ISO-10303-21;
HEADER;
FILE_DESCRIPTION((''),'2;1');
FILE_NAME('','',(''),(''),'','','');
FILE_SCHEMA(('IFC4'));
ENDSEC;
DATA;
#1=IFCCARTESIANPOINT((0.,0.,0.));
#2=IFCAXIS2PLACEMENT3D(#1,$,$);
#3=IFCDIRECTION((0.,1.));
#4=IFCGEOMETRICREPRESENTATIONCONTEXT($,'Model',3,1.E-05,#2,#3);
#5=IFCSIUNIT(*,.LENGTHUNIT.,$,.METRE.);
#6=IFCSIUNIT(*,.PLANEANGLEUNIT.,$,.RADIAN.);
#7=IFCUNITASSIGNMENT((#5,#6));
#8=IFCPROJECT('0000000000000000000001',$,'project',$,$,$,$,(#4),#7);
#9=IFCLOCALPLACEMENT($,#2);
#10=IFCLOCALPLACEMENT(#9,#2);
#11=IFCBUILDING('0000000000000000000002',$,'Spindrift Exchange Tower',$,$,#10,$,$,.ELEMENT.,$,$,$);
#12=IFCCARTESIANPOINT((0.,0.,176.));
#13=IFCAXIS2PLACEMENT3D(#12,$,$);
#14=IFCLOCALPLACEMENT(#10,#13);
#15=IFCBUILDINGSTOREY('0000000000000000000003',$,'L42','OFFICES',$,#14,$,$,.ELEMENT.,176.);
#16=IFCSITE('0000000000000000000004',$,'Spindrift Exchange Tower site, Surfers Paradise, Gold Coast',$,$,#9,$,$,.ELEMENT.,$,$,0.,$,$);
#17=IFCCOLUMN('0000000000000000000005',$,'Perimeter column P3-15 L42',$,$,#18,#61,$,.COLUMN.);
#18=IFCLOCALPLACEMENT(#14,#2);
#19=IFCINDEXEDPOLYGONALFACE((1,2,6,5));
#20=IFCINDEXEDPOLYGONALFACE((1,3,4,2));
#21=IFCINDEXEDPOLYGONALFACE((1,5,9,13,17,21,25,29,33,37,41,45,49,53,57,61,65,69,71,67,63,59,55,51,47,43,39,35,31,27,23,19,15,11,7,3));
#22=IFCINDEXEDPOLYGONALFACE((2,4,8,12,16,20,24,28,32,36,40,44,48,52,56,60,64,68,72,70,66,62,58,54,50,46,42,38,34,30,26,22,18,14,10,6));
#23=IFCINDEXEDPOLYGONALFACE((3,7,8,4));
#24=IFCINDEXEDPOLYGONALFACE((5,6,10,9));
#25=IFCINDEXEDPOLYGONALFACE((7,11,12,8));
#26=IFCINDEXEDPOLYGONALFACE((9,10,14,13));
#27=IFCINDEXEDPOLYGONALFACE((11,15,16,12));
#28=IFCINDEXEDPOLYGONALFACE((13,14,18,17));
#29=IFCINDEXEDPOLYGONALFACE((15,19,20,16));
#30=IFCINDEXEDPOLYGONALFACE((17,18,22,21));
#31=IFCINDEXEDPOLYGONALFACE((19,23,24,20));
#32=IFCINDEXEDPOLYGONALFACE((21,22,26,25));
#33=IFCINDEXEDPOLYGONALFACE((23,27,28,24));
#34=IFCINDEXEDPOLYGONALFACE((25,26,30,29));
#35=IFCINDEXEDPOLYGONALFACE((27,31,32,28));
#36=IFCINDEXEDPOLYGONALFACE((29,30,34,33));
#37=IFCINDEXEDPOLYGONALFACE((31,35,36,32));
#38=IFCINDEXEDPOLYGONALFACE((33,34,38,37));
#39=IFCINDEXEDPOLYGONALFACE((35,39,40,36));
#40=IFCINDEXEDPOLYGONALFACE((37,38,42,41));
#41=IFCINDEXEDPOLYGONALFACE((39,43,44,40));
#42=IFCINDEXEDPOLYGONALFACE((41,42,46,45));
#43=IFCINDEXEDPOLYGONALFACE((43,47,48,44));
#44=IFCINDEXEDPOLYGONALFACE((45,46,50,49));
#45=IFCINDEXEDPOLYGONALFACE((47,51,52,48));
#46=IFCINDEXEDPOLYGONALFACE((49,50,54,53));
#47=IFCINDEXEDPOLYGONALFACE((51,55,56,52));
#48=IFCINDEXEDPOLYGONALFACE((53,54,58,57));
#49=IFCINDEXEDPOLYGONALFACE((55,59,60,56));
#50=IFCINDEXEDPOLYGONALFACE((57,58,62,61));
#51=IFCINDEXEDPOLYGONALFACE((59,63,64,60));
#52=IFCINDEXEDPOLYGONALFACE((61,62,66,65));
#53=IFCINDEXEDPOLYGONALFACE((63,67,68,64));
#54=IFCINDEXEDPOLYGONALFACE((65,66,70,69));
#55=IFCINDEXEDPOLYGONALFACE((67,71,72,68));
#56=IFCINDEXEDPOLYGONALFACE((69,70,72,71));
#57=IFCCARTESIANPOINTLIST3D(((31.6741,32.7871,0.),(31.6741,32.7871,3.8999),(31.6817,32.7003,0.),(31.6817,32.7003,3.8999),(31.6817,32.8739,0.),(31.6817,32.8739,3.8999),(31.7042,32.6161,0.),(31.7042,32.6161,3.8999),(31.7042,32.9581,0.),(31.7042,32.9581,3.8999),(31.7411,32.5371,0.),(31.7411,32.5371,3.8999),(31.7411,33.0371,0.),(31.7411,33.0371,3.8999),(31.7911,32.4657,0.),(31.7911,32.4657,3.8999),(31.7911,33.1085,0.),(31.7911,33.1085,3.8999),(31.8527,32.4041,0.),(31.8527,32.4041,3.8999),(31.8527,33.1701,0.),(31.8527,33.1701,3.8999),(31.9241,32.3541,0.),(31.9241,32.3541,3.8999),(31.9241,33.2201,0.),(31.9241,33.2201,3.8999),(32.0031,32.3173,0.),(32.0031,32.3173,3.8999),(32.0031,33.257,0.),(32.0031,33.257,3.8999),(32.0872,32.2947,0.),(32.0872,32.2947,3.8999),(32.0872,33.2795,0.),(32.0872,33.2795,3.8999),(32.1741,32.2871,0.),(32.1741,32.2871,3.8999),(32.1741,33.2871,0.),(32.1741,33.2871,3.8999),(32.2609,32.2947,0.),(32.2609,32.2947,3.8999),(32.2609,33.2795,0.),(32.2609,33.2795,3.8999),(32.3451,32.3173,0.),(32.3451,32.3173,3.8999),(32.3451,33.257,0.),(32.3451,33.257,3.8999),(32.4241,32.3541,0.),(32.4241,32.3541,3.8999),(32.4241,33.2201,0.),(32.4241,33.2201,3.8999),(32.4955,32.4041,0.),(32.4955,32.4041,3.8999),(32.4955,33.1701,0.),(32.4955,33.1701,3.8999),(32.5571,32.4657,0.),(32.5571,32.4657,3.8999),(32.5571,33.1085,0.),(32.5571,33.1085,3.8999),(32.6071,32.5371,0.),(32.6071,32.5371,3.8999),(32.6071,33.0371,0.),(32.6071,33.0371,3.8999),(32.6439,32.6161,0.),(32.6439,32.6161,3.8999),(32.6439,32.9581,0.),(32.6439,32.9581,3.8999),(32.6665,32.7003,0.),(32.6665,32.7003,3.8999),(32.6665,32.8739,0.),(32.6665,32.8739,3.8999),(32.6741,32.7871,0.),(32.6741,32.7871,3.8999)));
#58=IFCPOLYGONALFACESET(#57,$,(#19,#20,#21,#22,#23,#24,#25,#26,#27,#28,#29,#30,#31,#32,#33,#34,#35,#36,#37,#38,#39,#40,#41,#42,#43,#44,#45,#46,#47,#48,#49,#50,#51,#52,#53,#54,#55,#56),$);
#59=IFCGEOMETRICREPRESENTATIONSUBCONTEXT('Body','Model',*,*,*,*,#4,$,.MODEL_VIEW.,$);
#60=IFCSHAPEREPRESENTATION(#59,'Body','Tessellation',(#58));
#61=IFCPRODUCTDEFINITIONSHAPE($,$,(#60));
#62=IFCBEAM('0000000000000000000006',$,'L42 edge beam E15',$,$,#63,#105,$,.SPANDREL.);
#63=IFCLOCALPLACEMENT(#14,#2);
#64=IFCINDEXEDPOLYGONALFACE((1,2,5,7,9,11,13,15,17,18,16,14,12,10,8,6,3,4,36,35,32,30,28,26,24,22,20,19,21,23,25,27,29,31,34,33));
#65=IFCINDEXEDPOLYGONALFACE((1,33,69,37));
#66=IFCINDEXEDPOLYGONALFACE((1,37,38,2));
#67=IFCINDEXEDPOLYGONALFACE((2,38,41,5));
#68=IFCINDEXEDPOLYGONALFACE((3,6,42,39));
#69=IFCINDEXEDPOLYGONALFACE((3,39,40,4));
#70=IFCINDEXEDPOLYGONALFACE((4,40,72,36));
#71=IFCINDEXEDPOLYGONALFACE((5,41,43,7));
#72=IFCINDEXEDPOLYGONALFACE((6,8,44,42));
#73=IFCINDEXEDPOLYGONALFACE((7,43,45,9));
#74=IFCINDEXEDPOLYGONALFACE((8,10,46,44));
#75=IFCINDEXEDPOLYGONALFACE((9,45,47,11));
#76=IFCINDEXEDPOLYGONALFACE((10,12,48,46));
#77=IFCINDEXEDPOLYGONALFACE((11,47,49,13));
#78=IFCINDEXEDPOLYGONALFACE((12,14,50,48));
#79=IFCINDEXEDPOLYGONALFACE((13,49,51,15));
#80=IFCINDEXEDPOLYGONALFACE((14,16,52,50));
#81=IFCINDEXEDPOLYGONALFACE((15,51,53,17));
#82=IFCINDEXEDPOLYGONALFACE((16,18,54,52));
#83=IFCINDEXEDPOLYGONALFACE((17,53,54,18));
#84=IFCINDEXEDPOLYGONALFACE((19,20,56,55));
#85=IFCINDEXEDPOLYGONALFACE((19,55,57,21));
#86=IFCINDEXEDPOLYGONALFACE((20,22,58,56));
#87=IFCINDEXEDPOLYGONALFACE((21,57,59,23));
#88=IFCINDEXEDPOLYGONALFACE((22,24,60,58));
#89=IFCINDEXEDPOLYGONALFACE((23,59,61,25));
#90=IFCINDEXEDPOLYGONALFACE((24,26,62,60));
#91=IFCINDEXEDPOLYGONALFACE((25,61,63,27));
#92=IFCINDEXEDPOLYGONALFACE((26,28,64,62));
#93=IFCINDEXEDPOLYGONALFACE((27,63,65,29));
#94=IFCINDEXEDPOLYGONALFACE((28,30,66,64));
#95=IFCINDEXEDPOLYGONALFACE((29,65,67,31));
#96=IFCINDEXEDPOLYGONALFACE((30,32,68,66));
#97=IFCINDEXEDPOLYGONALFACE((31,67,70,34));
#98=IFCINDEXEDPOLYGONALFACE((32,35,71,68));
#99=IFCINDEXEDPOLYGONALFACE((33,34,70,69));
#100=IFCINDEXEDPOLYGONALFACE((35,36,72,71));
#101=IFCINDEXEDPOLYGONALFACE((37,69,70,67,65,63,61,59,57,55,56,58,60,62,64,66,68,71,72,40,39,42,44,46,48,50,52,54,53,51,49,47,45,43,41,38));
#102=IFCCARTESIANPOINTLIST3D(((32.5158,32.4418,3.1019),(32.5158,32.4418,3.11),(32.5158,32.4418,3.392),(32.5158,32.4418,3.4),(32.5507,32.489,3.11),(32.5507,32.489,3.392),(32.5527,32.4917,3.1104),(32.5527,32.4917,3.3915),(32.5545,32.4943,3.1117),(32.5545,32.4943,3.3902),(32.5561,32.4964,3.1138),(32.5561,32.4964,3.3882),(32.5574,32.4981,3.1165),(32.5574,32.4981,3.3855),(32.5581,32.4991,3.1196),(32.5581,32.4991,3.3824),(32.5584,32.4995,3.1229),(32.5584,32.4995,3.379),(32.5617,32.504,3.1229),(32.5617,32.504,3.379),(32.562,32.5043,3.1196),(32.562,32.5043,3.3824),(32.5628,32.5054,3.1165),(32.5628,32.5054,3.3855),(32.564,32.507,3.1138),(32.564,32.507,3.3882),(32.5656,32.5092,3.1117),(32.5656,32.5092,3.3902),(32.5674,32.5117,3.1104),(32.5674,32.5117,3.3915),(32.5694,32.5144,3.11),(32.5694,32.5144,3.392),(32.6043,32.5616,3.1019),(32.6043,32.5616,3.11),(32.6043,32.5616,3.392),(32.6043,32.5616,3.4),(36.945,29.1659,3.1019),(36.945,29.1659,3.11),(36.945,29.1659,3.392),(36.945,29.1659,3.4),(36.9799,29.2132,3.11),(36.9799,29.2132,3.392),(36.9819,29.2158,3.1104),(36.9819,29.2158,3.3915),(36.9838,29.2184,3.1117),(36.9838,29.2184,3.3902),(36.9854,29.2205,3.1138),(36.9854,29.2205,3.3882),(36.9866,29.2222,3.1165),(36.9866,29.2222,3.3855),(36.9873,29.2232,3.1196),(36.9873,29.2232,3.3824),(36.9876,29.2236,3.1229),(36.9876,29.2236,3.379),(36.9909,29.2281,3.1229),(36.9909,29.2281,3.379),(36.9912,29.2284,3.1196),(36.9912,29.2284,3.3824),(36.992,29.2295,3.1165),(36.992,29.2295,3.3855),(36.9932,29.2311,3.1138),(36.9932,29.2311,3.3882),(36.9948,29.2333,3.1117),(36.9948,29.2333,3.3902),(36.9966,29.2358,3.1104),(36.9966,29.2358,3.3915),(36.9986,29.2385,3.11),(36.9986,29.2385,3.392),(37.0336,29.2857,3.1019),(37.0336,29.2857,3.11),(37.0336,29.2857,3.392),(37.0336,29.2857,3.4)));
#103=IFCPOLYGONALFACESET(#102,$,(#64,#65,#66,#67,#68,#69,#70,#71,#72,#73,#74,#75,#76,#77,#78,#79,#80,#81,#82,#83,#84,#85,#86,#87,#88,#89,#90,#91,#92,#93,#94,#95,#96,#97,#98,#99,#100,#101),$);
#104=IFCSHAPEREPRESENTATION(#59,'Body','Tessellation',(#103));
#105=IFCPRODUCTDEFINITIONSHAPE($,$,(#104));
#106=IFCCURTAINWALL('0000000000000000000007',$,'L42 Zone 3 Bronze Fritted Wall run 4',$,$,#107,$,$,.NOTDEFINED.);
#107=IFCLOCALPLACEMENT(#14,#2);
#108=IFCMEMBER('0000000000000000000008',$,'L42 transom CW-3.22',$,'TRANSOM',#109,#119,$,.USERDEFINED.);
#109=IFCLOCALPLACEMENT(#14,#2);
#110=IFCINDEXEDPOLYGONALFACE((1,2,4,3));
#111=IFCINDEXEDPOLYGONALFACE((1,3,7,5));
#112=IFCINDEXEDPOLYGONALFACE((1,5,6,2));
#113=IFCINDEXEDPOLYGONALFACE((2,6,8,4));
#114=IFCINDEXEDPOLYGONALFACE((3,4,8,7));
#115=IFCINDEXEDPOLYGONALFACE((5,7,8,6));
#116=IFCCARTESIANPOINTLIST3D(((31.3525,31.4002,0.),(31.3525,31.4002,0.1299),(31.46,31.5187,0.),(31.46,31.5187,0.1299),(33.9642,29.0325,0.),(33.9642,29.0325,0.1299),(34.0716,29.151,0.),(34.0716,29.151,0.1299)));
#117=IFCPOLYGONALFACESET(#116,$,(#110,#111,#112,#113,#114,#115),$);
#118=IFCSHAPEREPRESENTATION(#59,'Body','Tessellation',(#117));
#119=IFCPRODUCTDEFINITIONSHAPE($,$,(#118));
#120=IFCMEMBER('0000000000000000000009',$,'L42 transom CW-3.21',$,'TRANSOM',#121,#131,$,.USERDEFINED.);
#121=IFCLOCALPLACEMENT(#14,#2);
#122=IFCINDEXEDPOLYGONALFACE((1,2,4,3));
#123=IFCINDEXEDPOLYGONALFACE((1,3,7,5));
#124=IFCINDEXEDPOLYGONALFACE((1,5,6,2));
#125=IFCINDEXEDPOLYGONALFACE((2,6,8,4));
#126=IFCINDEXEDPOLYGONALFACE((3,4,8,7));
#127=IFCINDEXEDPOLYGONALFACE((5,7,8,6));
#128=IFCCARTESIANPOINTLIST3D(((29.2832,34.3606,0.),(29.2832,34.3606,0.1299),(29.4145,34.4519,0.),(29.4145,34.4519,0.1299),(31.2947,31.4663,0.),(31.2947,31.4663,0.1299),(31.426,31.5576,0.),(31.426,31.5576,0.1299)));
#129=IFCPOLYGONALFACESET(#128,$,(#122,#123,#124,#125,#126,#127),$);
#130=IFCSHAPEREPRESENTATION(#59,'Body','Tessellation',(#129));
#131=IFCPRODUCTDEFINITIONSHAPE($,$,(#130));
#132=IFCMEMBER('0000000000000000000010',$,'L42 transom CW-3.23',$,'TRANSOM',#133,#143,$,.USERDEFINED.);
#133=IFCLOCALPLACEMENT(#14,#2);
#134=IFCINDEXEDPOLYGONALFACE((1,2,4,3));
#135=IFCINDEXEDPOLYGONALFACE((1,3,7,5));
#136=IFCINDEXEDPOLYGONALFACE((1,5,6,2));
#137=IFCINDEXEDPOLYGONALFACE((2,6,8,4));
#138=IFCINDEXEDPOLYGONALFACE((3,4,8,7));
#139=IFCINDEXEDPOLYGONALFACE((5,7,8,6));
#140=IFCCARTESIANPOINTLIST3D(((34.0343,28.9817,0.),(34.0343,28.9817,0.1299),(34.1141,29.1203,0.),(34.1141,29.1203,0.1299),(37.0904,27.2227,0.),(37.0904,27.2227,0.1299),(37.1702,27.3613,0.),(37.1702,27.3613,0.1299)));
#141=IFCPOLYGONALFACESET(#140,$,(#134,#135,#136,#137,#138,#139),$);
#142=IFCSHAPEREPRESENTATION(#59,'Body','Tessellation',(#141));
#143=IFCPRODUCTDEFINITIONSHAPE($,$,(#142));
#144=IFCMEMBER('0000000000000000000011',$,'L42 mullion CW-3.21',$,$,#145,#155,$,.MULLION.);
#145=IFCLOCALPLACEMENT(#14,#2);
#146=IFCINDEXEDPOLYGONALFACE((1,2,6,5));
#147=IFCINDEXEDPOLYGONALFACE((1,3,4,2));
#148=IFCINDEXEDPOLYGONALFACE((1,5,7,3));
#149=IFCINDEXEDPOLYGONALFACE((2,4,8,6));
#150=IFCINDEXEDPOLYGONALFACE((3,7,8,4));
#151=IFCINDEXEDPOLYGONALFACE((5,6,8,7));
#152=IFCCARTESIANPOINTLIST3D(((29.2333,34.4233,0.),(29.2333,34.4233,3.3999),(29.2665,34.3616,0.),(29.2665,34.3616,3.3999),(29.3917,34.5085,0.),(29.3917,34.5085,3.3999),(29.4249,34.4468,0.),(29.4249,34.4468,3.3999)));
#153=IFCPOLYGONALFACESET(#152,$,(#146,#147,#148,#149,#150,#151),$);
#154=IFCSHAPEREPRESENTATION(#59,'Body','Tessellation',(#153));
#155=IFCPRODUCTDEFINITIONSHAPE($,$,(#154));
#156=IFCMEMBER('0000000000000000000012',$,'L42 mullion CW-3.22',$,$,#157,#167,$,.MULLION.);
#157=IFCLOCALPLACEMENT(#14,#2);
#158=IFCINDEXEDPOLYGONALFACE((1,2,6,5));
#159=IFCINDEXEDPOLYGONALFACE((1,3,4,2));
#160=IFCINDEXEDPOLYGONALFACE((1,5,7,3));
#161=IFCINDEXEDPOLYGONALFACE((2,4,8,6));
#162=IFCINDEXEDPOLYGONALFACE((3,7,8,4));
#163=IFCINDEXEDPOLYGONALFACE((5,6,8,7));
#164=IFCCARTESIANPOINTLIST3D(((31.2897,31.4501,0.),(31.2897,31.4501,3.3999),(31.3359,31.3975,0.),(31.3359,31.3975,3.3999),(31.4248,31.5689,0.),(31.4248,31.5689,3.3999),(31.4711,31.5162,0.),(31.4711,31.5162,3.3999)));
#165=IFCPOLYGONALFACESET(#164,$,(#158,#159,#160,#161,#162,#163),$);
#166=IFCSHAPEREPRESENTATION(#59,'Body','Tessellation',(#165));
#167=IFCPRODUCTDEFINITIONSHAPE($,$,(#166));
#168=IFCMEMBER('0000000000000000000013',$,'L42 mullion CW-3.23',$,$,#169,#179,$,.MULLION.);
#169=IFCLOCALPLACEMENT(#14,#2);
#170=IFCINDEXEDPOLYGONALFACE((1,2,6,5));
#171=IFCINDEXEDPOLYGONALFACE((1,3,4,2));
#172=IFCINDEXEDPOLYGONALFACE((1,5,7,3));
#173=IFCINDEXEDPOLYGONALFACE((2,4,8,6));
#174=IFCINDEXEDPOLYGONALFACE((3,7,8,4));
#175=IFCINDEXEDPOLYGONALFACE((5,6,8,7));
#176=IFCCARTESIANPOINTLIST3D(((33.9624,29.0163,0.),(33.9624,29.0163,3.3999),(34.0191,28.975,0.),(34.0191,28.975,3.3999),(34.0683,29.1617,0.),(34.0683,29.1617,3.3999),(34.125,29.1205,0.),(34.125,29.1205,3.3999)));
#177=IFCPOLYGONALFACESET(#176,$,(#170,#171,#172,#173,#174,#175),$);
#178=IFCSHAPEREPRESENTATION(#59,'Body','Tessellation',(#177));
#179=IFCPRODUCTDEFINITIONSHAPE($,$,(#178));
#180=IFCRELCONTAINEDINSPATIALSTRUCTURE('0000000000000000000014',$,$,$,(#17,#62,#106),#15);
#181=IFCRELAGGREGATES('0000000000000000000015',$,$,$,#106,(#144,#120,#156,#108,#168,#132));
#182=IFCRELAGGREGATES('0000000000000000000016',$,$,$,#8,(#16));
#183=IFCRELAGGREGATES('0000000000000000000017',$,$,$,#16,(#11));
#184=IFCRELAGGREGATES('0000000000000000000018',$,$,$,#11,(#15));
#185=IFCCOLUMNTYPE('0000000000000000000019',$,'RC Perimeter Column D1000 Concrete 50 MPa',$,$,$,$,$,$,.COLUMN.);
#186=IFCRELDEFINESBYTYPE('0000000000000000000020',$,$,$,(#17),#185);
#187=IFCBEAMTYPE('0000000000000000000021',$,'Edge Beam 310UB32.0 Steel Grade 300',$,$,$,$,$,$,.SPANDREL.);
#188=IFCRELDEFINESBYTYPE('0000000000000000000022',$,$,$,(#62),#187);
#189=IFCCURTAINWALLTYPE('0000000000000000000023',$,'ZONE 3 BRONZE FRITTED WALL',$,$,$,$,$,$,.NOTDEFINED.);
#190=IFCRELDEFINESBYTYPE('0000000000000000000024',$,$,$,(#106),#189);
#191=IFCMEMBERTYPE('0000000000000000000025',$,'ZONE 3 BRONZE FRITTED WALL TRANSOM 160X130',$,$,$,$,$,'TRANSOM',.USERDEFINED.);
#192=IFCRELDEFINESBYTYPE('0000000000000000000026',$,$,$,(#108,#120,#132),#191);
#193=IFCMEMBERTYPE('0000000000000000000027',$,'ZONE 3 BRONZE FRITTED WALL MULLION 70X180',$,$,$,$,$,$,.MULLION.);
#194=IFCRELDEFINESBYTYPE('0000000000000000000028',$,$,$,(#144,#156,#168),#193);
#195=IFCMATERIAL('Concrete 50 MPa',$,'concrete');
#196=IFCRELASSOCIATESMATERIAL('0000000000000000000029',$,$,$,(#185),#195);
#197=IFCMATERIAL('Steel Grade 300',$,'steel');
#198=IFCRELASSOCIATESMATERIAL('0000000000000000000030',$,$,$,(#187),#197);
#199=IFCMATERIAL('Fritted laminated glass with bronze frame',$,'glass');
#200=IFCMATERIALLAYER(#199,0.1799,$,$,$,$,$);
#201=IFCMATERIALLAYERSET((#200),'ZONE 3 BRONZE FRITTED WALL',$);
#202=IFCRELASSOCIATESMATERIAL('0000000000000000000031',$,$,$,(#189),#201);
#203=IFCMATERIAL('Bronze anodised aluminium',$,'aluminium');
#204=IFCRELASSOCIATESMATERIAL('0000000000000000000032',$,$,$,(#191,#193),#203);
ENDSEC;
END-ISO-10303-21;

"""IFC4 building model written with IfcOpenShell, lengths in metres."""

from ifc_helpers import new_model, si_unit, direction, frame, origin, origin_2d, place, context, subcontext, project, spatial, rectangle, circle, i_section, extrude, source, transform, mapped, material, layer, layer_set, material_profile, profile_set, type_object, element, aggregate, save


model = new_model("IFC4")

# Units and contexts
model_context = context("Model", 3, precision=1e-05, world=origin(), true_north=direction((0.0, 1.0)))
body_context = subcontext(model_context, "Body", "Model", "MODEL_VIEW")
ifc_project = project(units=[si_unit("LENGTHUNIT", "METRE"), si_unit("PLANEANGLEUNIT", "RADIAN")], contexts=[model_context])

# Site, building, storey
site_placement = place(None, origin())
site = spatial("IfcSite", under=ifc_project, at=site_placement, Name="Spindrift Exchange Tower site, Surfers Paradise, Gold Coast", CompositionType="ELEMENT", RefElevation=0.0)
building_placement = place(site_placement, origin())
building = spatial("IfcBuilding", under=site, at=building_placement, Name="Spindrift Exchange Tower", CompositionType="ELEMENT")
storey_placement = place(building_placement, frame((0.0, 0.0, 176.0)))
storey = spatial("IfcBuildingStorey", under=building, at=storey_placement, Name="L42", Description="OFFICES", CompositionType="ELEMENT", Elevation=176.0)

# Column
ifc_material_1 = material(Name="Concrete 50 MPa", Category="concrete")
ifc_material_profile_1 = material_profile(ifc_material_1, circle(Radius=0.5, at=origin_2d()), Name="RC D1000")
ifc_profile_set_1 = profile_set([ifc_material_profile_1], Name="Concrete 50 MPa")
column_type = type_object("IfcColumnType", Name="RC Perimeter Column D1000 Concrete 50 MPa", PredefinedType="COLUMN", material=ifc_profile_set_1)
shared_shape_1 = source(origin(), body_context, "Body", "SweptSolid", [
    extrude(circle(Radius=0.5, at=origin_2d()), origin(), (0.0, 0.0, 1.0), 3.8999),
])
column_placement = place(storey_placement, frame((32.1741, 32.7871, 0.0), z_axis=(0.0, 0.0, 1.0), x_axis=(1.0, 0.0, 0.0)))
element("IfcColumn", 1, at=column_placement, inside=storey, type_object=column_type, Name="Perimeter column P3-15 L42", PredefinedType="COLUMN", context=body_context, shape_type="MappedRepresentation", body=[
    mapped(shared_shape_1, transform((0.0, 0.0, 0.0), scale=1.0)),
])

# Beam
ifc_material_2 = material(Name="Steel Grade 300", Category="steel")
ifc_material_profile_2 = material_profile(ifc_material_2, i_section(OverallWidth=0.1489, OverallDepth=0.2981, WebThickness=0.0056, FlangeThickness=0.0081, FilletRadius=0.0129, at=origin_2d()), Name="310UB32.0")
ifc_profile_set_2 = profile_set([ifc_material_profile_2], Name="Steel Grade 300")
beam_type = type_object("IfcBeamType", Name="Edge Beam 310UB32.0 Steel Grade 300", PredefinedType="SPANDREL", material=ifc_profile_set_2)
shared_shape_2 = source(origin(), body_context, "Body", "SweptSolid", [
    extrude(i_section(OverallWidth=0.1489, OverallDepth=0.2981, WebThickness=0.0056, FlangeThickness=0.0081, FilletRadius=0.0129, at=origin_2d()), origin(), (0.0, 0.0, 1.0), 5.509),
])
beam_placement = place(storey_placement, frame((32.5601, 32.5017, 3.251), z_axis=(0.803992, -0.59464, 0.0), x_axis=(0.59464, 0.803992, 0.0)))
element("IfcBeam", 2, at=beam_placement, inside=storey, type_object=beam_type, Name="L42 edge beam E15", PredefinedType="SPANDREL", context=body_context, shape_type="MappedRepresentation", body=[
    mapped(shared_shape_2, transform((0.0, 0.0, 0.0), scale=1.0)),
])

# Curtain wall, members
ifc_material_3 = material(Name="Fritted laminated glass with bronze frame", Category="glass")
ifc_layer_1 = layer(ifc_material_3, 0.1799)
ifc_layer_set_1 = layer_set([ifc_layer_1], Name="ZONE 3 BRONZE FRITTED WALL")
curtain_wall_type = type_object("IfcCurtainWallType", Name="ZONE 3 BRONZE FRITTED WALL", PredefinedType="NOTDEFINED", material=ifc_layer_set_1)
curtain_wall_placement = place(storey_placement, origin())
curtain_wall = element("IfcCurtainWall", 3, at=curtain_wall_placement, inside=storey, type_object=curtain_wall_type, Name="L42 Zone 3 Bronze Fritted Wall run 4", PredefinedType="NOTDEFINED")
ifc_material_4 = material(Name="Bronze anodised aluminium", Category="aluminium")
ifc_material_profile_3 = material_profile(ifc_material_4, rectangle(XDim=0.1599, YDim=0.1299, at=origin_2d()), Name="ZONE 3 BRONZE FRITTED WALL TRANSOM 160X130")
ifc_profile_set_3 = profile_set([ifc_material_profile_3], Name="Bronze anodised aluminium")
member_type_1 = type_object("IfcMemberType", Name="ZONE 3 BRONZE FRITTED WALL TRANSOM 160X130", ElementType="TRANSOM", PredefinedType="USERDEFINED", material=ifc_profile_set_3)
shared_shape_3 = source(origin(), body_context, "Body", "SweptSolid", [
    extrude(rectangle(XDim=0.1599, YDim=0.1299, at=origin_2d()), origin(), (0.0, 0.0, 1.0), 3.5251),
])
member_1_placement = place(storey_placement, frame((31.4062, 31.4595, 0.0649), z_axis=(0.740854, -0.671666, 0.0), x_axis=(0.671666, 0.740854, 0.0)))
member_1 = element("IfcMember", 4, at=member_1_placement, type_object=member_type_1, Name="L42 transom CW-3.22", ObjectType="TRANSOM", PredefinedType="USERDEFINED", context=body_context, shape_type="MappedRepresentation", body=[
    mapped(shared_shape_3, transform((0.0, 0.0, 0.0), scale=1.0)),
])
shared_shape_4 = source(origin(), body_context, "Body", "SweptSolid", [
    extrude(rectangle(XDim=0.1599, YDim=0.1299, at=origin_2d()), origin(), (0.0, 0.0, 1.0), 3.5247),
])
member_2_placement = place(storey_placement, frame((29.3489, 34.4062, 0.0649), z_axis=(0.570693, -0.821163, 0.0), x_axis=(0.821163, 0.570693, 0.0)))
member_2 = element("IfcMember", 5, at=member_2_placement, type_object=member_type_1, Name="L42 transom CW-3.21", ObjectType="TRANSOM", PredefinedType="USERDEFINED", context=body_context, shape_type="MappedRepresentation", body=[
    mapped(shared_shape_4, transform((0.0, 0.0, 0.0), scale=1.0)),
])
shared_shape_5 = source(origin(), body_context, "Body", "SweptSolid", [
    extrude(rectangle(XDim=0.1599, YDim=0.1299, at=origin_2d()), origin(), (0.0, 0.0, 1.0), 3.5261),
])
member_3_placement = place(storey_placement, frame((34.0742, 29.051, 0.0649), z_axis=(0.866692, -0.498843, 0.0), x_axis=(0.498843, 0.866692, 0.0)))
member_3 = element("IfcMember", 6, at=member_3_placement, type_object=member_type_1, Name="L42 transom CW-3.23", ObjectType="TRANSOM", PredefinedType="USERDEFINED", context=body_context, shape_type="MappedRepresentation", body=[
    mapped(shared_shape_5, transform((0.0, 0.0, 0.0), scale=1.0)),
])
ifc_material_profile_4 = material_profile(ifc_material_4, rectangle(XDim=0.0701, YDim=0.1799, at=origin_2d()), Name="ZONE 3 BRONZE FRITTED WALL MULLION 70X180")
ifc_profile_set_4 = profile_set([ifc_material_profile_4], Name="Bronze anodised aluminium")
member_type_2 = type_object("IfcMemberType", Name="ZONE 3 BRONZE FRITTED WALL MULLION 70X180", PredefinedType="MULLION", material=ifc_profile_set_4)
shared_shape_6 = source(origin(), body_context, "Body", "SweptSolid", [
    extrude(rectangle(XDim=0.0701, YDim=0.1799, at=origin_2d()), origin(), (0.0, 0.0, 1.0), 3.3999),
])
member_4_placement = place(storey_placement, frame((29.3291, 34.4351, 0.0), z_axis=(0.0, 0.0, 1.0), x_axis=(0.473923, -0.880566, 0.0)))
member_4 = element("IfcMember", 7, at=member_4_placement, type_object=member_type_2, Name="L42 mullion CW-3.21", PredefinedType="MULLION", context=body_context, shape_type="MappedRepresentation", body=[
    mapped(shared_shape_6, transform((0.0, 0.0, 0.0), scale=1.0)),
])
member_5_placement = place(storey_placement, frame((31.3804, 31.4832, 0.0), z_axis=(0.0, 0.0, 1.0), x_axis=(0.660006, -0.75126, 0.0)))
member_5 = element("IfcMember", 8, at=member_5_placement, type_object=member_type_2, Name="L42 mullion CW-3.22", PredefinedType="MULLION", context=body_context, shape_type="MappedRepresentation", body=[
    mapped(shared_shape_6, transform((0.0, 0.0, 0.0), scale=1.0)),
])
member_6_placement = place(storey_placement, frame((34.0437, 29.0684, 0.0), z_axis=(0.0, 0.0, 1.0), x_axis=(0.808422, -0.588603, 0.0)))
member_6 = element("IfcMember", 9, at=member_6_placement, type_object=member_type_2, Name="L42 mullion CW-3.23", PredefinedType="MULLION", context=body_context, shape_type="MappedRepresentation", body=[
    mapped(shared_shape_6, transform((0.0, 0.0, 0.0), scale=1.0)),
])

aggregate(curtain_wall, [member_4, member_2, member_5, member_1, member_6, member_3])

save(model, "model.ifc")
